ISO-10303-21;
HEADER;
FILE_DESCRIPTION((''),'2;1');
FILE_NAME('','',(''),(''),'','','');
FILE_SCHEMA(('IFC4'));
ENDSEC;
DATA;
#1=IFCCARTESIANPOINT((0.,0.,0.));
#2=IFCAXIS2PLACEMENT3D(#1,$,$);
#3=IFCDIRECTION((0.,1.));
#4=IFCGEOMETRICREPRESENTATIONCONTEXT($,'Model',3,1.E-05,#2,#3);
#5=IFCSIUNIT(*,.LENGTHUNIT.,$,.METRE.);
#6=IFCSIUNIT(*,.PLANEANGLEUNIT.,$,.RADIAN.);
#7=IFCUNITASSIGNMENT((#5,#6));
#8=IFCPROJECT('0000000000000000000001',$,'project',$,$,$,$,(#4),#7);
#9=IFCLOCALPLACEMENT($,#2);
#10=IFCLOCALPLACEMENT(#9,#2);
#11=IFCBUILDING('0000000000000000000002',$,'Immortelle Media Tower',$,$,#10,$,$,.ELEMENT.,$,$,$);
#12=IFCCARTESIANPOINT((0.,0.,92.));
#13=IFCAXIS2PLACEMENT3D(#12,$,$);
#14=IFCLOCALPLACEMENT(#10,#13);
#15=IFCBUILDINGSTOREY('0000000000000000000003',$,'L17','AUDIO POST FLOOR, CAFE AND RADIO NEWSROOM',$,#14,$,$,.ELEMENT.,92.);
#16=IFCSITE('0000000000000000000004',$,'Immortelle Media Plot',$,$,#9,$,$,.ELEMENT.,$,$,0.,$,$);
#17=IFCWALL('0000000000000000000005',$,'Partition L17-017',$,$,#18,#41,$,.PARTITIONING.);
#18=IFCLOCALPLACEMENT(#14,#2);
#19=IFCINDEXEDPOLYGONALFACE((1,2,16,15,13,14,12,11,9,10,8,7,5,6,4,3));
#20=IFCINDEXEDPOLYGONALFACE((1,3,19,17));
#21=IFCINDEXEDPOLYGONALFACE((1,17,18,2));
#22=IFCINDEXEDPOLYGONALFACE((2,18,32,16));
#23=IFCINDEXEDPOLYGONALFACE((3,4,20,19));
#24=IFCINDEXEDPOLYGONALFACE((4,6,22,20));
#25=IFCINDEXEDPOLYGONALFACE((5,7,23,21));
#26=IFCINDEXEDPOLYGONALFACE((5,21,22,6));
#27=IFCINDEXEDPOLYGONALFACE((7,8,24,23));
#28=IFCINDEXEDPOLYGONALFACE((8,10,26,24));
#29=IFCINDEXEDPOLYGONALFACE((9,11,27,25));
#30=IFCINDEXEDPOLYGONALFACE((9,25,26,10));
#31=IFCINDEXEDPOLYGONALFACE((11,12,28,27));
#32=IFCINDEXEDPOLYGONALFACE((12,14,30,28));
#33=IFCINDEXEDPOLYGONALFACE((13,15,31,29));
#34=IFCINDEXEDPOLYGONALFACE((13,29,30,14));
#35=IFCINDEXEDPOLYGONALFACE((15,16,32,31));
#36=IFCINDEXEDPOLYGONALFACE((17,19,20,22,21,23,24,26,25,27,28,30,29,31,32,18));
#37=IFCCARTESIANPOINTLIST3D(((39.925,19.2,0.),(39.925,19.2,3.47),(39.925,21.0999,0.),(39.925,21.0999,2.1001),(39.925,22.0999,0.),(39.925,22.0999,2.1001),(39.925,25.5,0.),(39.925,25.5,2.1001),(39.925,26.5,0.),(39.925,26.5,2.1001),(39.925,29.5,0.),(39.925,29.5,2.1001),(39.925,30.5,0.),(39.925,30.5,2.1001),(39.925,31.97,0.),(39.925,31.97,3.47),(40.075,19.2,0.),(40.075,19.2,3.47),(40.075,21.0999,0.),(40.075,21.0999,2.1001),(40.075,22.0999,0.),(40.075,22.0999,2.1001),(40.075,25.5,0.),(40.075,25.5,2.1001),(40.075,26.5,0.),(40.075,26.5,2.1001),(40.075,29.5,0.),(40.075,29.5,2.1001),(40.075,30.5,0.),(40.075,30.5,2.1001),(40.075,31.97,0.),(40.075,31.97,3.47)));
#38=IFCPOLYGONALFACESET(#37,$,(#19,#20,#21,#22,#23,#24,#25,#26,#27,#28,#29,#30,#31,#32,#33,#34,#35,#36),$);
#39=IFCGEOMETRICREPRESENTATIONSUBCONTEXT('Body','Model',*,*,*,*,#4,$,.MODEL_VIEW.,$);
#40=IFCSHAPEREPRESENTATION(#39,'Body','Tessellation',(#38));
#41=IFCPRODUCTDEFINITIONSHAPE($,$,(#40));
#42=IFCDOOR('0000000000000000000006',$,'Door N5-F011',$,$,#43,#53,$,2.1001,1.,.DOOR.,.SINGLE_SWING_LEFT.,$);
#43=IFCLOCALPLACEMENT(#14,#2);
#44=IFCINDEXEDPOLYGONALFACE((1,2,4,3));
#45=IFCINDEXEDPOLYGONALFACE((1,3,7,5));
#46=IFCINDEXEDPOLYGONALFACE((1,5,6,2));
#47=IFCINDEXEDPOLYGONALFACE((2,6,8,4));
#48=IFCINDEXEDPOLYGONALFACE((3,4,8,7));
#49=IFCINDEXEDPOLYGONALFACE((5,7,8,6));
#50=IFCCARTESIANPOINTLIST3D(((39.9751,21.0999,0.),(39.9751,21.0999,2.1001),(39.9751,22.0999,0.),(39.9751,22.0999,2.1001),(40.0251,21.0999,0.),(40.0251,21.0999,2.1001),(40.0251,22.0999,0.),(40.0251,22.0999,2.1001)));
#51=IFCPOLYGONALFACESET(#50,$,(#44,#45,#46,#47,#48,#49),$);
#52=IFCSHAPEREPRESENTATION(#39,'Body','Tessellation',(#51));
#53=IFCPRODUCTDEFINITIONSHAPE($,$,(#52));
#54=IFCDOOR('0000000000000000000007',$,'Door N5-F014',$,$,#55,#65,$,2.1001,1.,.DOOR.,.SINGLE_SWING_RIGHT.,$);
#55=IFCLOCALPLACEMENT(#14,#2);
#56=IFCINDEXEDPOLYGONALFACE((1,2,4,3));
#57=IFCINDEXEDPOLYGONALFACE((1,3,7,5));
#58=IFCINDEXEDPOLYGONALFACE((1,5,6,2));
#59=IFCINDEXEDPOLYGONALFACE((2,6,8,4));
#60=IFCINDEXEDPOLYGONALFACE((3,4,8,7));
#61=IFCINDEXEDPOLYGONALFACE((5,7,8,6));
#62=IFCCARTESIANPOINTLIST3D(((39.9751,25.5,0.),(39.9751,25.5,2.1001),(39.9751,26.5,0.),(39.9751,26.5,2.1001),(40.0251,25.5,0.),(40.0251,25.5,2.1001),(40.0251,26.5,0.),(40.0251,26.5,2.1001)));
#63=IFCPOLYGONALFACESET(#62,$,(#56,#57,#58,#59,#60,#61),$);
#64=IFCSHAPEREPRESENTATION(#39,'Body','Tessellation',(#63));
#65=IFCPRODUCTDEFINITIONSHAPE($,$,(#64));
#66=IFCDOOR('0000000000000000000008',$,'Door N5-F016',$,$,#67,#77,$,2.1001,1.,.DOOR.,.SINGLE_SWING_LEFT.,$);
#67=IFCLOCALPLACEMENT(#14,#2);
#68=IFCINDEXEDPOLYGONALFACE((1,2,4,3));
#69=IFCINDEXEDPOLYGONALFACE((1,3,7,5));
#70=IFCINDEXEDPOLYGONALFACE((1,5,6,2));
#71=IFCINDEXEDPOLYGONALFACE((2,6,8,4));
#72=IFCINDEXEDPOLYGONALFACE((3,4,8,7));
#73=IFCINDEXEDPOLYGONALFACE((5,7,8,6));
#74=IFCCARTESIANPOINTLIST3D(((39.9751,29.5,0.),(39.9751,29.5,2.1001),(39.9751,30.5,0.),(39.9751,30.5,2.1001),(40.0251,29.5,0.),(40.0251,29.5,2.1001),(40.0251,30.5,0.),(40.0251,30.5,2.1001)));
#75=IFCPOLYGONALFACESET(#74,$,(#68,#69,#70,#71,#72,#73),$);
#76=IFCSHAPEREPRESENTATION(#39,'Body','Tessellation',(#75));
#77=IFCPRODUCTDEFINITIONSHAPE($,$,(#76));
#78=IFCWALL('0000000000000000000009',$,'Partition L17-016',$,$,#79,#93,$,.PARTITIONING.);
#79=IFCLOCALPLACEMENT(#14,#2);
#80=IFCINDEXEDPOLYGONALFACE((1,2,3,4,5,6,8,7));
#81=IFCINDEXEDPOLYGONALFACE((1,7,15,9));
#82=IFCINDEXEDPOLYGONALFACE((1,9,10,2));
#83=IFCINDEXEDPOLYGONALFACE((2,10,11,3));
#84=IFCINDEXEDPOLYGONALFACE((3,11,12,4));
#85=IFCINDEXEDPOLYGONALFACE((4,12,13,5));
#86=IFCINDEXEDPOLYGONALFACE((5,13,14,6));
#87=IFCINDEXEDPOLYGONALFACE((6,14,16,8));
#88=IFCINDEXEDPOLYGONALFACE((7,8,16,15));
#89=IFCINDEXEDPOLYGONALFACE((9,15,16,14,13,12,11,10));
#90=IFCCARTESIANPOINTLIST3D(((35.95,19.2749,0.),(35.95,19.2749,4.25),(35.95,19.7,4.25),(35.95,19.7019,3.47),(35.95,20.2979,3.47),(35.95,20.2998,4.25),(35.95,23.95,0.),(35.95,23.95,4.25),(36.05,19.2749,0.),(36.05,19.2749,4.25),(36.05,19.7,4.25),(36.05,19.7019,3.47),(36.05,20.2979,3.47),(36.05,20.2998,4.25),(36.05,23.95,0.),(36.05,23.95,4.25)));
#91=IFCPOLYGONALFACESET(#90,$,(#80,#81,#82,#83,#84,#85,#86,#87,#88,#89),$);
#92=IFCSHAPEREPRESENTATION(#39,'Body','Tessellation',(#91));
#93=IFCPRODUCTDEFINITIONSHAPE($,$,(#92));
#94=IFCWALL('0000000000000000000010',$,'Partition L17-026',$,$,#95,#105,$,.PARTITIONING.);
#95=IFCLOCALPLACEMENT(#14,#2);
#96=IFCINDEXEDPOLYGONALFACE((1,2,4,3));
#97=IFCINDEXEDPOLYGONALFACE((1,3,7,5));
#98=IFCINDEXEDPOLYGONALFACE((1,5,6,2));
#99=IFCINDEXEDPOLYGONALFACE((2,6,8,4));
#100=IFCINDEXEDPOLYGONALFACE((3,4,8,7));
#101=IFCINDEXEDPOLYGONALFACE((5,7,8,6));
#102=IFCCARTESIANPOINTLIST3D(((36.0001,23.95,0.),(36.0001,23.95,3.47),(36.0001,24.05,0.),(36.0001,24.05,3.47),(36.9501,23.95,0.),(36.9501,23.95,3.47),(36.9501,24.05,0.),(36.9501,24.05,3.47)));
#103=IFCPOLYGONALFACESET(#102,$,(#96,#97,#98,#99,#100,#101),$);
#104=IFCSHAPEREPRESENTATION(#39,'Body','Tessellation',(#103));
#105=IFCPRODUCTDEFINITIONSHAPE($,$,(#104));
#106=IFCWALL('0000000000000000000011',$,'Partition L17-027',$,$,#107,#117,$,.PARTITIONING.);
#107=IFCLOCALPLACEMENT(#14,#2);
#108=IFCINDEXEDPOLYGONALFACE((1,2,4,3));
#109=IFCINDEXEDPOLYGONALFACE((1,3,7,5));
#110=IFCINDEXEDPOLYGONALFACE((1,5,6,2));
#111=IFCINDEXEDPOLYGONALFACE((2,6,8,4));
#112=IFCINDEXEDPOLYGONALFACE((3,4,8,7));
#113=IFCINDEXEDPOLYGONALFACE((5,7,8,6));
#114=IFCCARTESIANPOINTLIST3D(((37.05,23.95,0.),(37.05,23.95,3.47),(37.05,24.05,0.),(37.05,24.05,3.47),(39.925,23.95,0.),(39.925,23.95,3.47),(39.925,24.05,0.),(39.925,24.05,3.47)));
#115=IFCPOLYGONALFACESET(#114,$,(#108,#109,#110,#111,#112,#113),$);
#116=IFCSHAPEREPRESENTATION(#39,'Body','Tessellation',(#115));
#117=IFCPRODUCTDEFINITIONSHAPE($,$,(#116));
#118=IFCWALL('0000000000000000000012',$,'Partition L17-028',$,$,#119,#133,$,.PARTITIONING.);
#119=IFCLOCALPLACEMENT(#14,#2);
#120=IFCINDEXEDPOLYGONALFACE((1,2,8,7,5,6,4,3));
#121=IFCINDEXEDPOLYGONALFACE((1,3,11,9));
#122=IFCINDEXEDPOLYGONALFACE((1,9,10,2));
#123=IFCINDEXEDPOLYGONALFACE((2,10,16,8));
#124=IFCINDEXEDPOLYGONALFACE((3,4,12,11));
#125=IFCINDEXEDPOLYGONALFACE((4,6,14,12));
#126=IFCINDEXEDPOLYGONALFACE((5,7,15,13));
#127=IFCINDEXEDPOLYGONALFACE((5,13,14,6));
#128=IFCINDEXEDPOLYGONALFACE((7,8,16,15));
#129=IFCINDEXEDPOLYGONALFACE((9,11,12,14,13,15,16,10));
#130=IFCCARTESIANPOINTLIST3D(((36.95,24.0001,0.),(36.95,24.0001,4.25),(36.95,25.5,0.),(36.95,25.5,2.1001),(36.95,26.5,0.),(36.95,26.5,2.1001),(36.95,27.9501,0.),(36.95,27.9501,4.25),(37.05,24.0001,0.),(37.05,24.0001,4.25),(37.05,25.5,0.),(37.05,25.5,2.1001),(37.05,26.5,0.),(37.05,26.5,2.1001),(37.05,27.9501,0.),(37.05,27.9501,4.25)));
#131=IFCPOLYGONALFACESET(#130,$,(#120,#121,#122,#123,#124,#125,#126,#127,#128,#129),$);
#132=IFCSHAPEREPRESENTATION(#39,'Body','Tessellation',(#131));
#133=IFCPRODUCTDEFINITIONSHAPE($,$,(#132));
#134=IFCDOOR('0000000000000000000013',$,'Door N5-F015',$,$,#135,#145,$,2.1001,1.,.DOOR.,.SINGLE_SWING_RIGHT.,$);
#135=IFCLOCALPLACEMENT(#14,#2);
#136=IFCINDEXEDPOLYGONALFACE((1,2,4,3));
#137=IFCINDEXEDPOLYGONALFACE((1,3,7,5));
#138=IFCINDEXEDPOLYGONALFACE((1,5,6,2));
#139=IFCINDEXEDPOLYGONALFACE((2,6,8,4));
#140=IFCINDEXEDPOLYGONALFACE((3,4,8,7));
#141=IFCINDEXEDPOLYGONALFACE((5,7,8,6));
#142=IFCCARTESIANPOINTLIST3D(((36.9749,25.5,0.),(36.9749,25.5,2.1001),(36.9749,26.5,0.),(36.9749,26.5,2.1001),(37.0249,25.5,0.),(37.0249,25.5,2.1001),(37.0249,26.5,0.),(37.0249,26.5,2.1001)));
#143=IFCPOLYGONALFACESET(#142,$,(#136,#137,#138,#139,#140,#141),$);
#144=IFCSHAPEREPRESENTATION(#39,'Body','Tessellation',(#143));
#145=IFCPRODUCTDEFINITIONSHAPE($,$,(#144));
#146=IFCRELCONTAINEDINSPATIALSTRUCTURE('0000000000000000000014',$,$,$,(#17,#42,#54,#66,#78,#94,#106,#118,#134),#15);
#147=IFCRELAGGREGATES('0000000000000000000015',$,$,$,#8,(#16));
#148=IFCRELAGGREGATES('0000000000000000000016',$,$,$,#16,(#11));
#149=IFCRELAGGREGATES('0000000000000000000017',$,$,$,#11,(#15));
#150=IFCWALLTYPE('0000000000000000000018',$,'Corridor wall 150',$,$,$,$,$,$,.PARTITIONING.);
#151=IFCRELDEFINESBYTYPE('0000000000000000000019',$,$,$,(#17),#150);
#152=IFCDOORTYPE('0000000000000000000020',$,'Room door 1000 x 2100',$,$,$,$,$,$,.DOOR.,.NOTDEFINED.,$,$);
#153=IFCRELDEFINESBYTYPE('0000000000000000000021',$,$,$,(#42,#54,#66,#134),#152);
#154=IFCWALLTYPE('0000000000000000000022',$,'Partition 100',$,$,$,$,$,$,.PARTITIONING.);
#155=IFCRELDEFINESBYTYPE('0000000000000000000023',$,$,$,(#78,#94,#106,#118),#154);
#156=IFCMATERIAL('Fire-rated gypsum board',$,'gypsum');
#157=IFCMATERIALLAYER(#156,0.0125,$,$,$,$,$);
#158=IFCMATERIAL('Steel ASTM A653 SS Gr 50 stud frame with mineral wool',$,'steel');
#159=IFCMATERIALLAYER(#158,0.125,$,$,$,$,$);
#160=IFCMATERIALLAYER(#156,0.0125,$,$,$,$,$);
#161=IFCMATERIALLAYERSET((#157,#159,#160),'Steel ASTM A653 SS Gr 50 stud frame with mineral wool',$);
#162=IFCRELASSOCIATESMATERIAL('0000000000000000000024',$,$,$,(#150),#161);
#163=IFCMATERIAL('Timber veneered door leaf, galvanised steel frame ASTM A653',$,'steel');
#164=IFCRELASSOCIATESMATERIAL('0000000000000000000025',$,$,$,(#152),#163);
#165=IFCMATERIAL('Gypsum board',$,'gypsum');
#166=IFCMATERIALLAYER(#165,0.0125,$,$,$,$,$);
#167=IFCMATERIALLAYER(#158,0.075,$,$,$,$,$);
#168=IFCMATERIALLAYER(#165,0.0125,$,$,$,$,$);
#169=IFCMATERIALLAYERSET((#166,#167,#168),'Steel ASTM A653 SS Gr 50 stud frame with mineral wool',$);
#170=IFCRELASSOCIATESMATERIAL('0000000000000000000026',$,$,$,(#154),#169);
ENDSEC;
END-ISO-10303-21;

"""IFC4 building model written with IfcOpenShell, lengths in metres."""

from ifc_helpers import new_model, si_unit, direction, frame, frame_2d, origin, place, context, subcontext, project, spatial, polyline, rectangle, outline, extrude, material, layer, layer_set, type_object, element, fill, save


model = new_model("IFC4")

# Units and contexts
model_context = context("Model", 3, precision=1e-05, world=origin(), true_north=direction((0.0, 1.0)))
body_context = subcontext(model_context, "Body", "Model", "MODEL_VIEW")
ifc_project = project(units=[si_unit("LENGTHUNIT", "METRE"), si_unit("PLANEANGLEUNIT", "RADIAN")], contexts=[model_context])

# Site, building, storey
site_placement = place(None, origin())
site = spatial("IfcSite", under=ifc_project, at=site_placement, Name="Immortelle Media Plot", CompositionType="ELEMENT", RefElevation=0.0)
building_placement = place(site_placement, origin())
building = spatial("IfcBuilding", under=site, at=building_placement, Name="Immortelle Media Tower", CompositionType="ELEMENT")
storey_placement = place(building_placement, frame((0.0, 0.0, 92.0)))
storey = spatial("IfcBuildingStorey", under=building, at=storey_placement, Name="L17", Description="AUDIO POST FLOOR, CAFE AND RADIO NEWSROOM", CompositionType="ELEMENT", Elevation=92.0)

# Wall, openings, doors
ifc_material_1 = material(Name="Fire-rated gypsum board", Category="gypsum")
ifc_layer_1 = layer(ifc_material_1, 0.0125)
ifc_material_2 = material(Name="Steel ASTM A653 SS Gr 50 stud frame with mineral wool", Category="steel")
ifc_layer_2 = layer(ifc_material_2, 0.125)
ifc_layer_3 = layer(ifc_material_1, 0.0125)
ifc_layer_set_1 = layer_set([ifc_layer_1, ifc_layer_2, ifc_layer_3], Name="Steel ASTM A653 SS Gr 50 stud frame with mineral wool")
wall_type_1 = type_object("IfcWallType", Name="Corridor wall 150", PredefinedType="PARTITIONING", material=ifc_layer_set_1)
wall_1_placement = place(storey_placement, frame((40.0, 19.2, 0.0), z_axis=(0.0, 0.0, 1.0), x_axis=(0.0, 1.0, 0.0)))
wall_1 = element("IfcWall", 1, at=wall_1_placement, inside=storey, type_object=wall_type_1, Name="Partition L17-017", PredefinedType="PARTITIONING", context=body_context, shape_type="SweptSolid", body=[
    extrude(rectangle(XDim=12.77, YDim=0.1499, at=frame_2d((6.385, 0.0))), origin(), (0.0, 0.0, 1.0), 3.47),
])
opening_1_placement = place(wall_1_placement, frame((1.8999, 0.0, 0.0)))
opening_1 = element("IfcOpeningElement", 2, at=opening_1_placement, cuts=wall_1, PredefinedType="OPENING", context=body_context, shape_type="SweptSolid", body=[
    extrude(rectangle(XDim=1.0, YDim=2.1001, at=frame_2d((0.5, 1.05))), frame((0.0, 0.085, 0.0), z_axis=(0.0, -1.0, 0.0), x_axis=(1.0, 0.0, 0.0)), (0.0, 0.0, 1.0), 0.1699),
])
opening_2_placement = place(wall_1_placement, frame((6.3, 0.0, 0.0)))
opening_2 = element("IfcOpeningElement", 3, at=opening_2_placement, cuts=wall_1, PredefinedType="OPENING", context=body_context, shape_type="SweptSolid", body=[
    extrude(rectangle(XDim=1.0, YDim=2.1001, at=frame_2d((0.5, 1.05))), frame((0.0, 0.085, 0.0), z_axis=(0.0, -1.0, 0.0), x_axis=(1.0, 0.0, 0.0)), (0.0, 0.0, 1.0), 0.1699),
])
opening_3_placement = place(wall_1_placement, frame((10.3, 0.0, 0.0)))
opening_3 = element("IfcOpeningElement", 4, at=opening_3_placement, cuts=wall_1, PredefinedType="OPENING", context=body_context, shape_type="SweptSolid", body=[
    extrude(rectangle(XDim=1.0, YDim=2.1001, at=frame_2d((0.5, 1.05))), frame((0.0, 0.085, 0.0), z_axis=(0.0, -1.0, 0.0), x_axis=(1.0, 0.0, 0.0)), (0.0, 0.0, 1.0), 0.1699),
])
ifc_material_3 = material(Name="Timber veneered door leaf, galvanised steel frame ASTM A653", Category="steel")
door_type = type_object("IfcDoorType", Name="Room door 1000 x 2100", OperationType="NOTDEFINED", PredefinedType="DOOR", material=ifc_material_3)
door_1_placement = place(opening_1_placement, origin())
door_1 = element("IfcDoor", 5, at=door_1_placement, inside=storey, type_object=door_type, Name="Door N5-F011", OperationType="SINGLE_SWING_LEFT", OverallHeight=2.1001, OverallWidth=1.0, PredefinedType="DOOR", context=body_context, shape_type="SweptSolid", body=[
    extrude(rectangle(XDim=1.0, YDim=2.1001, at=frame_2d((0.5, 1.05))), frame((0.0, 0.0249, 0.0), z_axis=(0.0, -1.0, 0.0), x_axis=(1.0, 0.0, 0.0)), (0.0, 0.0, 1.0), 0.05),
])
fill(opening_1, door_1)
door_2_placement = place(opening_2_placement, origin())
door_2 = element("IfcDoor", 6, at=door_2_placement, inside=storey, type_object=door_type, Name="Door N5-F014", OperationType="SINGLE_SWING_RIGHT", OverallHeight=2.1001, OverallWidth=1.0, PredefinedType="DOOR", context=body_context, shape_type="SweptSolid", body=[
    extrude(rectangle(XDim=1.0, YDim=2.1001, at=frame_2d((0.5, 1.05))), frame((0.0, 0.0249, 0.0), z_axis=(0.0, -1.0, 0.0), x_axis=(1.0, 0.0, 0.0)), (0.0, 0.0, 1.0), 0.05),
])
fill(opening_2, door_2)
door_3_placement = place(opening_3_placement, origin())
door_3 = element("IfcDoor", 7, at=door_3_placement, inside=storey, type_object=door_type, Name="Door N5-F016", OperationType="SINGLE_SWING_LEFT", OverallHeight=2.1001, OverallWidth=1.0, PredefinedType="DOOR", context=body_context, shape_type="SweptSolid", body=[
    extrude(rectangle(XDim=1.0, YDim=2.1001, at=frame_2d((0.5, 1.05))), frame((0.0, 0.0249, 0.0), z_axis=(0.0, -1.0, 0.0), x_axis=(1.0, 0.0, 0.0)), (0.0, 0.0, 1.0), 0.05),
])
fill(opening_3, door_3)

# Walls
ifc_material_4 = material(Name="Gypsum board", Category="gypsum")
ifc_layer_4 = layer(ifc_material_4, 0.0125)
ifc_layer_5 = layer(ifc_material_2, 0.075)
ifc_layer_6 = layer(ifc_material_4, 0.0125)
ifc_layer_set_2 = layer_set([ifc_layer_4, ifc_layer_5, ifc_layer_6], Name="Steel ASTM A653 SS Gr 50 stud frame with mineral wool")
wall_type_2 = type_object("IfcWallType", Name="Partition 100", PredefinedType="PARTITIONING", material=ifc_layer_set_2)
wall_2_placement = place(storey_placement, frame((36.0, 19.2749, 0.0), z_axis=(0.0, 0.0, 1.0), x_axis=(0.0, 1.0, 0.0)))
element("IfcWall", 8, at=wall_2_placement, inside=storey, type_object=wall_type_2, Name="Partition L17-016", PredefinedType="PARTITIONING", context=body_context, shape_type="SweptSolid", body=[
    extrude(outline(polyline([(0.0, 0.0), (4.675, 0.0), (4.675, 4.25), (1.0249, 4.25), (1.0229, 3.47), (0.427, 3.47), (0.425, 4.25), (0.0, 4.25), (0.0, 0.0)])), frame((0.0, 0.05, 0.0), z_axis=(0.0, -1.0, 0.0), x_axis=(1.0, 0.0, 0.0)), (0.0, 0.0, 1.0), 0.1001),
])
wall_3_placement = place(storey_placement, frame((36.0, 24.0, 0.0), z_axis=(0.0, 0.0, 1.0), x_axis=(1.0, 0.0, 0.0)))
element("IfcWall", 9, at=wall_3_placement, inside=storey, type_object=wall_type_2, Name="Partition L17-026", PredefinedType="PARTITIONING", context=body_context, shape_type="SweptSolid", body=[
    extrude(rectangle(XDim=0.95, YDim=0.1001, at=frame_2d((0.4751, 0.0))), origin(), (0.0, 0.0, 1.0), 3.47),
])
wall_4_placement = place(storey_placement, frame((37.05, 24.0, 0.0), z_axis=(0.0, 0.0, 1.0), x_axis=(1.0, 0.0, 0.0)))
element("IfcWall", 10, at=wall_4_placement, inside=storey, type_object=wall_type_2, Name="Partition L17-027", PredefinedType="PARTITIONING", context=body_context, shape_type="SweptSolid", body=[
    extrude(rectangle(XDim=2.875, YDim=0.1001, at=frame_2d((1.4375, 0.0))), origin(), (0.0, 0.0, 1.0), 3.47),
])

# Wall, opening, door
wall_5_placement = place(storey_placement, frame((37.0, 24.0, 0.0), z_axis=(0.0, 0.0, 1.0), x_axis=(0.0, 1.0, 0.0)))
wall_5 = element("IfcWall", 11, at=wall_5_placement, inside=storey, type_object=wall_type_2, Name="Partition L17-028", PredefinedType="PARTITIONING", context=body_context, shape_type="SweptSolid", body=[
    extrude(rectangle(XDim=3.95, YDim=0.1001, at=frame_2d((1.9751, 0.0))), origin(), (0.0, 0.0, 1.0), 4.25),
])
opening_4_placement = place(wall_5_placement, frame((2.5, 0.0, 0.0), z_axis=(0.0, 0.0, 1.0), x_axis=(-1.0, 0.0, 0.0)))
opening_4 = element("IfcOpeningElement", 12, at=opening_4_placement, cuts=wall_5, PredefinedType="OPENING", context=body_context, shape_type="SweptSolid", body=[
    extrude(rectangle(XDim=1.0, YDim=2.1001, at=frame_2d((0.5, 1.05))), frame((0.0, 0.0601, 0.0), z_axis=(0.0, -1.0, 0.0), x_axis=(1.0, 0.0, 0.0)), (0.0, 0.0, 1.0), 0.1201),
])
door_4_placement = place(opening_4_placement, origin())
door_4 = element("IfcDoor", 13, at=door_4_placement, inside=storey, type_object=door_type, Name="Door N5-F015", OperationType="SINGLE_SWING_RIGHT", OverallHeight=2.1001, OverallWidth=1.0, PredefinedType="DOOR", context=body_context, shape_type="SweptSolid", body=[
    extrude(rectangle(XDim=1.0, YDim=2.1001, at=frame_2d((0.5, 1.05))), frame((0.0, 0.0249, 0.0), z_axis=(0.0, -1.0, 0.0), x_axis=(1.0, 0.0, 0.0)), (0.0, 0.0, 1.0), 0.05),
])
fill(opening_4, door_4)

save(model, "model.ifc")
